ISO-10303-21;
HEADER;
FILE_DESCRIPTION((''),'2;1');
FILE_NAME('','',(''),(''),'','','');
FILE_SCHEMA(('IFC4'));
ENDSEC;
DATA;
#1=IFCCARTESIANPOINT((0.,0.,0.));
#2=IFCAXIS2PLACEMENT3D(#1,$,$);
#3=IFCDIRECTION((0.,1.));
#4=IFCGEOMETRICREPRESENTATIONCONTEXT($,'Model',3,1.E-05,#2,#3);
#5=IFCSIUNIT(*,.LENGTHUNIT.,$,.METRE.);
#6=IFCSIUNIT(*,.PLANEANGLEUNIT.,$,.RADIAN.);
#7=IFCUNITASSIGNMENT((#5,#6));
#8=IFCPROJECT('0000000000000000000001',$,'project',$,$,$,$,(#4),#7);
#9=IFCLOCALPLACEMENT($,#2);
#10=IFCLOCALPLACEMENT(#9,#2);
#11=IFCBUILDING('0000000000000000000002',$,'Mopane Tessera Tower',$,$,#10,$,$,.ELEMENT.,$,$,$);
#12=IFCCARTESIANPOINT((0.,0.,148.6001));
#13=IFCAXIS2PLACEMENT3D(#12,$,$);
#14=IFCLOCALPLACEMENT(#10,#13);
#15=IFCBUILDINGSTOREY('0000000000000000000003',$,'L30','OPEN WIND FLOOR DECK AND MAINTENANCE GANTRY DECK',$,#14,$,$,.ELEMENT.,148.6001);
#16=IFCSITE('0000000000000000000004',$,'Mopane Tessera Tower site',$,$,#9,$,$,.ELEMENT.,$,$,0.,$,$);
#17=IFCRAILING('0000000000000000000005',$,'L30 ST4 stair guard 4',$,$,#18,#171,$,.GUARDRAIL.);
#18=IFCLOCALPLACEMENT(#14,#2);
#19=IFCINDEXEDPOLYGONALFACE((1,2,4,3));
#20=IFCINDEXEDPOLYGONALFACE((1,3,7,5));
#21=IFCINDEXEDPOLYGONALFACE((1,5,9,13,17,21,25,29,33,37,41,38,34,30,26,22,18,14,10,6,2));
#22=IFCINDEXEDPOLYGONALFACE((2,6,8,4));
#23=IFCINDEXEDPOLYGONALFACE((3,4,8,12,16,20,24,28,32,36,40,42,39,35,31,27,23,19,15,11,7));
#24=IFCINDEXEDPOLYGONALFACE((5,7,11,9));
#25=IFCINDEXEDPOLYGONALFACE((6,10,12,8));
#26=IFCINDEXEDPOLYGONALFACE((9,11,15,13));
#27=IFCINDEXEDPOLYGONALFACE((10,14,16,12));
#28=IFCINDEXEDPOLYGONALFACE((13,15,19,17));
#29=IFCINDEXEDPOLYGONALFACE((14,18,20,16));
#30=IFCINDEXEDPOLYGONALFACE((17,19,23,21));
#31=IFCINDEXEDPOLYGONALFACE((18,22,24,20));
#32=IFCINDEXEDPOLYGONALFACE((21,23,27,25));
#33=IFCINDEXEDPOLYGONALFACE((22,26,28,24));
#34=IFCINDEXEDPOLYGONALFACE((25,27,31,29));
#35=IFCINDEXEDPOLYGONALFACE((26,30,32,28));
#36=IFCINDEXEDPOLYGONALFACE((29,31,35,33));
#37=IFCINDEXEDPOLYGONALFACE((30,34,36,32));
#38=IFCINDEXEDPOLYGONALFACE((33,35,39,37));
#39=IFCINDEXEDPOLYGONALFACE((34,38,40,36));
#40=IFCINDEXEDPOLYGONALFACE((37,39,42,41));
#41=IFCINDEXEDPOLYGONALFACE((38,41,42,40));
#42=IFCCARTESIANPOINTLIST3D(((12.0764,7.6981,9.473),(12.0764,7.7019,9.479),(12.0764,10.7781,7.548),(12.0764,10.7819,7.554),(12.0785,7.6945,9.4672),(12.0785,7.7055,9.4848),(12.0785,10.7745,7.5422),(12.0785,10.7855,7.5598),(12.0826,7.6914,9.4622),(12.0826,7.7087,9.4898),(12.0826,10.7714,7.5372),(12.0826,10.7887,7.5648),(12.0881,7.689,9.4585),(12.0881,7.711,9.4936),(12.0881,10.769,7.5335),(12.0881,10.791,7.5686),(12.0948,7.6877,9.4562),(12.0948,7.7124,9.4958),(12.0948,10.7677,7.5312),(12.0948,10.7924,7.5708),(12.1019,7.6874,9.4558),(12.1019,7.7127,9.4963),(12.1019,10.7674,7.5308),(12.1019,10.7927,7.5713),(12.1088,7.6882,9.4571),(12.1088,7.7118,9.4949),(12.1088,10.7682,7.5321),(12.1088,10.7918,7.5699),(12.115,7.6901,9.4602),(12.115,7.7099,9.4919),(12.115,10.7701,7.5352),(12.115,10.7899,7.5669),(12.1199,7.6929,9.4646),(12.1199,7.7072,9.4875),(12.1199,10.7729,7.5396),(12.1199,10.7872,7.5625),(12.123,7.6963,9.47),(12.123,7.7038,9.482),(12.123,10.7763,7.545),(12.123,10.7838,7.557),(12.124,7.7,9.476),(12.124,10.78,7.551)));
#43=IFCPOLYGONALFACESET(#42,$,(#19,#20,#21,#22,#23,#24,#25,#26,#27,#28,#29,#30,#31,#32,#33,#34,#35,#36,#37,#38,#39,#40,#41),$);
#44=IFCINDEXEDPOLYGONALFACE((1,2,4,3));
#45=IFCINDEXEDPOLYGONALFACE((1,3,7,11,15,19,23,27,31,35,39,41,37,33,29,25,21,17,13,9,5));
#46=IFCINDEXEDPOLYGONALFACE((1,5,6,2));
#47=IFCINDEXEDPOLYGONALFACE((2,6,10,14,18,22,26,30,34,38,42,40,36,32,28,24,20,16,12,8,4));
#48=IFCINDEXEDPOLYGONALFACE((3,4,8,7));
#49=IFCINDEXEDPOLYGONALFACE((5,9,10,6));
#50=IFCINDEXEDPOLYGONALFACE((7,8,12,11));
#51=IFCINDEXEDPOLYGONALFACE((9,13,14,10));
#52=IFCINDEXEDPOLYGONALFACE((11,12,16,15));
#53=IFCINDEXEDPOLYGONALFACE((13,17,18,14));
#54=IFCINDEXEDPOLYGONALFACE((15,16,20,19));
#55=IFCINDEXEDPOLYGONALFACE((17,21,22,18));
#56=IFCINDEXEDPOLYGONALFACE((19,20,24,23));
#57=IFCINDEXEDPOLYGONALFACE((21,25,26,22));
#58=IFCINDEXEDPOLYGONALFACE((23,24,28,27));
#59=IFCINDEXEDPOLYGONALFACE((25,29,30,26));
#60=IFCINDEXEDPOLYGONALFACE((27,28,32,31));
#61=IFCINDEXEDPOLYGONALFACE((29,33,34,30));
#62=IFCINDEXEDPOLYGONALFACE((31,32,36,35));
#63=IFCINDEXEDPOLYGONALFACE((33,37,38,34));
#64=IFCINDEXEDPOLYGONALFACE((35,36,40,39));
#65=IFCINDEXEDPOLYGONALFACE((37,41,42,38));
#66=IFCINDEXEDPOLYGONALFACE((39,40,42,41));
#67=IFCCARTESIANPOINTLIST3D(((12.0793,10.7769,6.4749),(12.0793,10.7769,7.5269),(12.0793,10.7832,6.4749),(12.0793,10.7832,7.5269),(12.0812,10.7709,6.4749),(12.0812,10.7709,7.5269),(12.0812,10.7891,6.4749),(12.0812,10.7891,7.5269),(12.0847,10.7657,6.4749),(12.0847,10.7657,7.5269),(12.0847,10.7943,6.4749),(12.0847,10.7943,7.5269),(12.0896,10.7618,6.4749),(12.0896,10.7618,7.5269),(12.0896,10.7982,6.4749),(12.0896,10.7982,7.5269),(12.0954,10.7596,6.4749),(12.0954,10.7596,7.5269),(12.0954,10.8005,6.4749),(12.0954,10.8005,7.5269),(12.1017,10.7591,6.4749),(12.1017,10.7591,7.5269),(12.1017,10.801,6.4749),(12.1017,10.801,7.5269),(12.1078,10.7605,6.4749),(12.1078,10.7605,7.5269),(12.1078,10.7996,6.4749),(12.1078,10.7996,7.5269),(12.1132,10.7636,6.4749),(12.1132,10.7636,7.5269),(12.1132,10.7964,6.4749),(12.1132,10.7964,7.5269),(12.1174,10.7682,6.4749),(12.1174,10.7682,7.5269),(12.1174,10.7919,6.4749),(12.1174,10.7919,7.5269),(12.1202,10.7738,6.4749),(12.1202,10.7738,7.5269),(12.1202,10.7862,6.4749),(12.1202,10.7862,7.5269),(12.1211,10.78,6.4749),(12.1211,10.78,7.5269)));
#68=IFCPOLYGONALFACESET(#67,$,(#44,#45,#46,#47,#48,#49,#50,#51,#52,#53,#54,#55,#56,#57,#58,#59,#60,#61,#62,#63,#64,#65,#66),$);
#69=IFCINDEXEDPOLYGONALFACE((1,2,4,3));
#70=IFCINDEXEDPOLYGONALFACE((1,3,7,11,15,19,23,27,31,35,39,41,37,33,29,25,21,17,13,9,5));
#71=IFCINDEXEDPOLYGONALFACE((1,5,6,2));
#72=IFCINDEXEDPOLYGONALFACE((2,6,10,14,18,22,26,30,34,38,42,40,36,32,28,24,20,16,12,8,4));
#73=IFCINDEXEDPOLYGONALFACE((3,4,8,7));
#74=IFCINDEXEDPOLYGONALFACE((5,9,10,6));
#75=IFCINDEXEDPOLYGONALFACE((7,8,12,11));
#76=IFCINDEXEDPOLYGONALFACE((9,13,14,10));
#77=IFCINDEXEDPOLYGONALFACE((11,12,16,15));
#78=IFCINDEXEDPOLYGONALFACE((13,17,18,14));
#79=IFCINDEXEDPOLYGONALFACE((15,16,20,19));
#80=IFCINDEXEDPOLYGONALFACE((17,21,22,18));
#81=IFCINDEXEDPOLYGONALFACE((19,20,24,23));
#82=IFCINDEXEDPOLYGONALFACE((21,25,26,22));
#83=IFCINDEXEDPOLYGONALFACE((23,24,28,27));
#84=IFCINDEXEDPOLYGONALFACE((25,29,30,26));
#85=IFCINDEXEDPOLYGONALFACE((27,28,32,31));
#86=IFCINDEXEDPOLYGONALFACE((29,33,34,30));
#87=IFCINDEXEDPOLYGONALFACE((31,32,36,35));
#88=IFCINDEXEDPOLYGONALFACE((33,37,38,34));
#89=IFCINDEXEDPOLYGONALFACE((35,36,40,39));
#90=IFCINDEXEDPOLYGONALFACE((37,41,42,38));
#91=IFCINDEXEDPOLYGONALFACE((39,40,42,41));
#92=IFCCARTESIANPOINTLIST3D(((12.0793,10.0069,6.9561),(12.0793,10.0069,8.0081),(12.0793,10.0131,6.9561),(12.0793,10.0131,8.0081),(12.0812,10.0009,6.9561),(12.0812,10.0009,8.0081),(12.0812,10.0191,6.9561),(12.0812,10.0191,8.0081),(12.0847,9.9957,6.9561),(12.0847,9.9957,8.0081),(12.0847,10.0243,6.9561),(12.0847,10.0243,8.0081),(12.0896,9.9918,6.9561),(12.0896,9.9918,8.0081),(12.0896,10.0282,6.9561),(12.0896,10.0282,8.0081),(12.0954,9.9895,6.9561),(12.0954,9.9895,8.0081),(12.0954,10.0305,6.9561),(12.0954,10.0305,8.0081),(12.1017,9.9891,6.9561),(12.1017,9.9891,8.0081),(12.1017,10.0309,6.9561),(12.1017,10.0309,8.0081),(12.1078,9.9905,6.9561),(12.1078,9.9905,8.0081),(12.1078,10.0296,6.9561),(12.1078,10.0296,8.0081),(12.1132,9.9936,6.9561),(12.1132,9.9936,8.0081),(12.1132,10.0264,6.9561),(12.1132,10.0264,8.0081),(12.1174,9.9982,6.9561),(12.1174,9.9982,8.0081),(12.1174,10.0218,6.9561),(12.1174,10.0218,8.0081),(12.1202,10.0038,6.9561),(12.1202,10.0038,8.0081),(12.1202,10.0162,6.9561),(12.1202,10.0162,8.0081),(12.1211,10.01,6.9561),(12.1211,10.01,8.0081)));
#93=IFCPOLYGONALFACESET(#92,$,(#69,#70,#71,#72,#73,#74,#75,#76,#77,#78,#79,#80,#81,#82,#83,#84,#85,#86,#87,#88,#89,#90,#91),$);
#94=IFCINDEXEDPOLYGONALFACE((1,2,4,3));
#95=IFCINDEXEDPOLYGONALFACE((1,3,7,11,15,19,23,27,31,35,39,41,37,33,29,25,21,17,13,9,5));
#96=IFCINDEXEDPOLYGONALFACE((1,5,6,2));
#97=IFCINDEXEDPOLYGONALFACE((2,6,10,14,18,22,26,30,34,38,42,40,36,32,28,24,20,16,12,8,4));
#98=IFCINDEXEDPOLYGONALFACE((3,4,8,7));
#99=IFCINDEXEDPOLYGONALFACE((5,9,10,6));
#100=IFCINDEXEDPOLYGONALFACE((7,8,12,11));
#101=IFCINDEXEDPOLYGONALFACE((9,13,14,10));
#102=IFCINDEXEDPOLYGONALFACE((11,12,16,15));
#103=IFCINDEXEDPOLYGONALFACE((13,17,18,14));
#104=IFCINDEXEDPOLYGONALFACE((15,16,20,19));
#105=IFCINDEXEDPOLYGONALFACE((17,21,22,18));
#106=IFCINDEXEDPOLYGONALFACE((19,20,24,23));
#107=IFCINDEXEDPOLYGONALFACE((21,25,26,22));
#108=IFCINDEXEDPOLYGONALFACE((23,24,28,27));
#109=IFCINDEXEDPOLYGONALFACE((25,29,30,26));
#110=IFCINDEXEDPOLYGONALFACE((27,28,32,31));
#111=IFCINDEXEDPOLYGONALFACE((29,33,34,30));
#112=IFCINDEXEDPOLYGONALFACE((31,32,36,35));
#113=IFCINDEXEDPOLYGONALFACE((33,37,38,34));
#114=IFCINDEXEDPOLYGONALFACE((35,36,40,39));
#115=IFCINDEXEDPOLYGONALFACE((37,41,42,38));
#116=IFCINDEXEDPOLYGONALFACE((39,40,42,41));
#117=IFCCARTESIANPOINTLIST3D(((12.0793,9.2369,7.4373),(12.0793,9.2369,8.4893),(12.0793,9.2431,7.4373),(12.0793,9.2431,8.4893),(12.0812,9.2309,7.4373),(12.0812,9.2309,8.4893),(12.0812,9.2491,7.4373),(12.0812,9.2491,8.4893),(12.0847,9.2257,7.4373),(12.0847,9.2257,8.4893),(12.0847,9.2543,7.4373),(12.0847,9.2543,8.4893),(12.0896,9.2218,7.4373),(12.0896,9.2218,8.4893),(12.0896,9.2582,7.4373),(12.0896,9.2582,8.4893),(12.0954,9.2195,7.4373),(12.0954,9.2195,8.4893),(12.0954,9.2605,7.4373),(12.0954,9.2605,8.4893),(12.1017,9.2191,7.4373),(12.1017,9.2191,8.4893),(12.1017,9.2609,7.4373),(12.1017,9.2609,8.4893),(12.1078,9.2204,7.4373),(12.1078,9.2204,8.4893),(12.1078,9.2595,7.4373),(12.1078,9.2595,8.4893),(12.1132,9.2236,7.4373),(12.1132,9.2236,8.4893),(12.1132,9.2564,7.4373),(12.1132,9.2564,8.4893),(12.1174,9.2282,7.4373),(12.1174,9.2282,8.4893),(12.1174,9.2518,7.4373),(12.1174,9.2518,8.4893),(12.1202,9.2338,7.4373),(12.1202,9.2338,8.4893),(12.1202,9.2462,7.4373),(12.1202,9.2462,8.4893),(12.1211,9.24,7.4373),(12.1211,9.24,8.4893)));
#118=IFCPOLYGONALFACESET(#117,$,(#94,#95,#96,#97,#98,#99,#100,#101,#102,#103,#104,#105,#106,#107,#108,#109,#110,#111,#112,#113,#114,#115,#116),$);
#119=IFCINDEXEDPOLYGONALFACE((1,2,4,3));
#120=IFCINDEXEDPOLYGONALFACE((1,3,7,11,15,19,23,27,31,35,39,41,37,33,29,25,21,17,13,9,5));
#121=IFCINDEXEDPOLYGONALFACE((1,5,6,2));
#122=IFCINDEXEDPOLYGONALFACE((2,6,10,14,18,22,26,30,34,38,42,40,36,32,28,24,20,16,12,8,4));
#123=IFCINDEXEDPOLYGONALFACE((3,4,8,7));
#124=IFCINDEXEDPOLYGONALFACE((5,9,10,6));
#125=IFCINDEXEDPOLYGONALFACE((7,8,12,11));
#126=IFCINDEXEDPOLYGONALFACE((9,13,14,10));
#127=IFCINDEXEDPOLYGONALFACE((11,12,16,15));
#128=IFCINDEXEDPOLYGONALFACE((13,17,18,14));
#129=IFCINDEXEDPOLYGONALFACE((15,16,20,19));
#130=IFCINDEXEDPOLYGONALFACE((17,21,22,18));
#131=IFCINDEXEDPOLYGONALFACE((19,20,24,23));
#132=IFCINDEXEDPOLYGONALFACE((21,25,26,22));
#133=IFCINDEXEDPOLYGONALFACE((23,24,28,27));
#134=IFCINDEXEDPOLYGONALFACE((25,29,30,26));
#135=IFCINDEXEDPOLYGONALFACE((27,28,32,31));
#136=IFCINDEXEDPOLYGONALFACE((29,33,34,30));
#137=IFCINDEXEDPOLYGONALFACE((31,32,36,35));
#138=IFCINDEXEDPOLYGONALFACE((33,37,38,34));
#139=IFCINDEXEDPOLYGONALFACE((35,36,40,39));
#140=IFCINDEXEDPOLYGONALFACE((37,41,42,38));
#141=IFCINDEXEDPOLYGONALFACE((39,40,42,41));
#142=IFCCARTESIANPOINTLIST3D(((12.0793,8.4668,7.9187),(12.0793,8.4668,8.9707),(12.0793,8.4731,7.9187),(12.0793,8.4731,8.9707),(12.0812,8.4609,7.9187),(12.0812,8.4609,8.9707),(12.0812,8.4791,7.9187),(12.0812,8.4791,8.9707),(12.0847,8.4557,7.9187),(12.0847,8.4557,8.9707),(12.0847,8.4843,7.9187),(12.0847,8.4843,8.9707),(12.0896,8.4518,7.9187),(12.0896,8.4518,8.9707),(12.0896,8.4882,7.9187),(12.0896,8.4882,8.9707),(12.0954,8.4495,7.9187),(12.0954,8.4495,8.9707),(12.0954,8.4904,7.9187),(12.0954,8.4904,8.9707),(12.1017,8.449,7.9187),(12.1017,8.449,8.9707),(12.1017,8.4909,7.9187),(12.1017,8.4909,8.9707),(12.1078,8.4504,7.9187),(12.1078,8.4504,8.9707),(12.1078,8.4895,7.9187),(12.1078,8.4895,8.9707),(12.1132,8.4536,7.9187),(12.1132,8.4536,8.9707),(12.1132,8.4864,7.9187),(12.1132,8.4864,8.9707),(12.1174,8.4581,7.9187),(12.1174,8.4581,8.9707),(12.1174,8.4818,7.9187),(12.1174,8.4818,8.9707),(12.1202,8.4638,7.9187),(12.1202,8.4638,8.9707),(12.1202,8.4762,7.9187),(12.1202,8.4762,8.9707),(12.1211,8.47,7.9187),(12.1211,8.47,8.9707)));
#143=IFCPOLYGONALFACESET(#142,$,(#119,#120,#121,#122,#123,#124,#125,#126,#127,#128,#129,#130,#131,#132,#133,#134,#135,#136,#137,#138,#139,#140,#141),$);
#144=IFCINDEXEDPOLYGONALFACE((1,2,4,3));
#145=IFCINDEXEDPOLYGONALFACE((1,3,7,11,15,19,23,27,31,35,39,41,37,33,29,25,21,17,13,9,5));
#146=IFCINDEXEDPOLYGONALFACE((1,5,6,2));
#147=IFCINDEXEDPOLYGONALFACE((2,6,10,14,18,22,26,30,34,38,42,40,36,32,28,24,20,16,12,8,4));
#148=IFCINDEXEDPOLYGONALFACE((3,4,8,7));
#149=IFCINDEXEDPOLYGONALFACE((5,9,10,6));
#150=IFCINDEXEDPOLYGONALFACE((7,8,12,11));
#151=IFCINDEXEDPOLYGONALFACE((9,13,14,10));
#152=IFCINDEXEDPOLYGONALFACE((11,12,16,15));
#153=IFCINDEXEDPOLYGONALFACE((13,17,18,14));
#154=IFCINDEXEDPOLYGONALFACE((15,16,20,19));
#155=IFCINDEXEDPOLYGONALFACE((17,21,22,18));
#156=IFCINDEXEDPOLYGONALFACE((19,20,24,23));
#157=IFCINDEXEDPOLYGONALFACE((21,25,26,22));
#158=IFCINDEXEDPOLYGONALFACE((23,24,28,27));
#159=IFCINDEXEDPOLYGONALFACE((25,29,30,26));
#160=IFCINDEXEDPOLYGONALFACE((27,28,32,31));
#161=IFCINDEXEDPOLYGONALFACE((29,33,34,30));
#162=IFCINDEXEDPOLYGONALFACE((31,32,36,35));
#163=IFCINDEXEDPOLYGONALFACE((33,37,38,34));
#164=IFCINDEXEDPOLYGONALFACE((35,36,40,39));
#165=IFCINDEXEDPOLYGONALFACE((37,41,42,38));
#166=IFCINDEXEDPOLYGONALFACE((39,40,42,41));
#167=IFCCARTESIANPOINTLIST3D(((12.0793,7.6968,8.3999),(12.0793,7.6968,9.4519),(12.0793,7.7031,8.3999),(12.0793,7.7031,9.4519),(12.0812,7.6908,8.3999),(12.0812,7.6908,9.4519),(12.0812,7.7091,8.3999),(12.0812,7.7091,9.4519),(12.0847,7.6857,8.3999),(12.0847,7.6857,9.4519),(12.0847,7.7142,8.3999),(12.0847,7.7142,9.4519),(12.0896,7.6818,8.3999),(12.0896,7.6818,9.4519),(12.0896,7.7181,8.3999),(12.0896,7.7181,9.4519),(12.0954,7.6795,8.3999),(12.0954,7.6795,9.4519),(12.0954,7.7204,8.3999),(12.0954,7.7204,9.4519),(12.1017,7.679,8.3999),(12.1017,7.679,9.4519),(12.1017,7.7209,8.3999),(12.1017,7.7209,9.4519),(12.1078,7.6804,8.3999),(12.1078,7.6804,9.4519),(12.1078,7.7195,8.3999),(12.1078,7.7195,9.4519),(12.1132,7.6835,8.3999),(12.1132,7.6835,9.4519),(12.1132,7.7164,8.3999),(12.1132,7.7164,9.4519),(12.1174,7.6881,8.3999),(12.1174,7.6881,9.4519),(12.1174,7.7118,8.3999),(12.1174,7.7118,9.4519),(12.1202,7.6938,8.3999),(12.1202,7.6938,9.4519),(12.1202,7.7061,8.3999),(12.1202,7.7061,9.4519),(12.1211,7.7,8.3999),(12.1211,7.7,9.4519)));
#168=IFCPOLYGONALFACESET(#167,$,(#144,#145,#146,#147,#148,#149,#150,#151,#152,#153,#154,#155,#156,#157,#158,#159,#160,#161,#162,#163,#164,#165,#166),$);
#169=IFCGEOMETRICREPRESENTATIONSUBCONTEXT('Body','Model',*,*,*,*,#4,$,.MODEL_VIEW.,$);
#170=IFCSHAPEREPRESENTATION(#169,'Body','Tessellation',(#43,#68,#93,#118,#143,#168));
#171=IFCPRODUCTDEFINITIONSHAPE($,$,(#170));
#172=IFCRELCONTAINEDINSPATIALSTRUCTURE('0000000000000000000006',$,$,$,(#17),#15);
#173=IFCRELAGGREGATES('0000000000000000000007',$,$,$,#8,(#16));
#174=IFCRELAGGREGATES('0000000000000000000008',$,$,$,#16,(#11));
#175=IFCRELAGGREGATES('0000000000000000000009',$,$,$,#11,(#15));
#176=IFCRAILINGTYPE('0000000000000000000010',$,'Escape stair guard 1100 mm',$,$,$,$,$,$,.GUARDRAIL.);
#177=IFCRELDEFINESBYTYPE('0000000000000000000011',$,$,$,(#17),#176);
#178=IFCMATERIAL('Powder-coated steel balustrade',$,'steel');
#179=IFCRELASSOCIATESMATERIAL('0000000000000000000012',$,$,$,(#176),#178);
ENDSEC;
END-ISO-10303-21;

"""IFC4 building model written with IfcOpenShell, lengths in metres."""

from ifc_helpers import new_model, si_unit, direction, frame, origin, origin_2d, place, context, subcontext, project, spatial, circle, extrude, material, type_object, element, save


model = new_model("IFC4")

# Units and contexts
model_context = context("Model", 3, precision=1e-05, world=origin(), true_north=direction((0.0, 1.0)))
body_context = subcontext(model_context, "Body", "Model", "MODEL_VIEW")
ifc_project = project(units=[si_unit("LENGTHUNIT", "METRE"), si_unit("PLANEANGLEUNIT", "RADIAN")], contexts=[model_context])

# Site, building, storey
site_placement = place(None, origin())
site = spatial("IfcSite", under=ifc_project, at=site_placement, Name="Mopane Tessera Tower site", CompositionType="ELEMENT", RefElevation=0.0)
building_placement = place(site_placement, origin())
building = spatial("IfcBuilding", under=site, at=building_placement, Name="Mopane Tessera Tower", CompositionType="ELEMENT")
storey_placement = place(building_placement, frame((0.0, 0.0, 148.6001)))
storey = spatial("IfcBuildingStorey", under=building, at=storey_placement, Name="L30", Description="OPEN WIND FLOOR DECK AND MAINTENANCE GANTRY DECK", CompositionType="ELEMENT", Elevation=148.6001)

# Railing
ifc_material_1 = material(Name="Powder-coated steel balustrade", Category="steel")
railing_type_1 = type_object("IfcRailingType", Name="Escape stair guard 1100 mm", PredefinedType="GUARDRAIL", material=ifc_material_1)
railing_1_placement = place(storey_placement, frame((12.1001, 10.78, 6.4749)))
element("IfcRailing", 1, at=railing_1_placement, inside=storey, type_object=railing_type_1, Name="L30 ST4 stair guard 4", PredefinedType="GUARDRAIL", context=body_context, shape_type="SweptSolid", body=[
    extrude(circle(Radius=0.0239, at=origin_2d()), frame((0.0, 0.0, 1.0762), z_axis=(0.0, -0.847998, 0.529999), x_axis=(1.0, 0.0, 0.0)), (0.0, 0.0, 1.0), 3.6321),
    extrude(circle(Radius=0.021, at=origin_2d()), origin(), (0.0, 0.0, 1.0), 1.052),
    extrude(circle(Radius=0.021, at=origin_2d()), frame((0.0, -0.77, 0.4812)), (0.0, 0.0, 1.0), 1.052),
    extrude(circle(Radius=0.021, at=origin_2d()), frame((0.0, -1.54, 0.9624)), (0.0, 0.0, 1.0), 1.052),
    extrude(circle(Radius=0.021, at=origin_2d()), frame((0.0, -2.3101, 1.4438)), (0.0, 0.0, 1.0), 1.052),
    extrude(circle(Radius=0.021, at=origin_2d()), frame((0.0, -3.0801, 1.925)), (0.0, 0.0, 1.0), 1.052),
])

save(model, "model.ifc")
